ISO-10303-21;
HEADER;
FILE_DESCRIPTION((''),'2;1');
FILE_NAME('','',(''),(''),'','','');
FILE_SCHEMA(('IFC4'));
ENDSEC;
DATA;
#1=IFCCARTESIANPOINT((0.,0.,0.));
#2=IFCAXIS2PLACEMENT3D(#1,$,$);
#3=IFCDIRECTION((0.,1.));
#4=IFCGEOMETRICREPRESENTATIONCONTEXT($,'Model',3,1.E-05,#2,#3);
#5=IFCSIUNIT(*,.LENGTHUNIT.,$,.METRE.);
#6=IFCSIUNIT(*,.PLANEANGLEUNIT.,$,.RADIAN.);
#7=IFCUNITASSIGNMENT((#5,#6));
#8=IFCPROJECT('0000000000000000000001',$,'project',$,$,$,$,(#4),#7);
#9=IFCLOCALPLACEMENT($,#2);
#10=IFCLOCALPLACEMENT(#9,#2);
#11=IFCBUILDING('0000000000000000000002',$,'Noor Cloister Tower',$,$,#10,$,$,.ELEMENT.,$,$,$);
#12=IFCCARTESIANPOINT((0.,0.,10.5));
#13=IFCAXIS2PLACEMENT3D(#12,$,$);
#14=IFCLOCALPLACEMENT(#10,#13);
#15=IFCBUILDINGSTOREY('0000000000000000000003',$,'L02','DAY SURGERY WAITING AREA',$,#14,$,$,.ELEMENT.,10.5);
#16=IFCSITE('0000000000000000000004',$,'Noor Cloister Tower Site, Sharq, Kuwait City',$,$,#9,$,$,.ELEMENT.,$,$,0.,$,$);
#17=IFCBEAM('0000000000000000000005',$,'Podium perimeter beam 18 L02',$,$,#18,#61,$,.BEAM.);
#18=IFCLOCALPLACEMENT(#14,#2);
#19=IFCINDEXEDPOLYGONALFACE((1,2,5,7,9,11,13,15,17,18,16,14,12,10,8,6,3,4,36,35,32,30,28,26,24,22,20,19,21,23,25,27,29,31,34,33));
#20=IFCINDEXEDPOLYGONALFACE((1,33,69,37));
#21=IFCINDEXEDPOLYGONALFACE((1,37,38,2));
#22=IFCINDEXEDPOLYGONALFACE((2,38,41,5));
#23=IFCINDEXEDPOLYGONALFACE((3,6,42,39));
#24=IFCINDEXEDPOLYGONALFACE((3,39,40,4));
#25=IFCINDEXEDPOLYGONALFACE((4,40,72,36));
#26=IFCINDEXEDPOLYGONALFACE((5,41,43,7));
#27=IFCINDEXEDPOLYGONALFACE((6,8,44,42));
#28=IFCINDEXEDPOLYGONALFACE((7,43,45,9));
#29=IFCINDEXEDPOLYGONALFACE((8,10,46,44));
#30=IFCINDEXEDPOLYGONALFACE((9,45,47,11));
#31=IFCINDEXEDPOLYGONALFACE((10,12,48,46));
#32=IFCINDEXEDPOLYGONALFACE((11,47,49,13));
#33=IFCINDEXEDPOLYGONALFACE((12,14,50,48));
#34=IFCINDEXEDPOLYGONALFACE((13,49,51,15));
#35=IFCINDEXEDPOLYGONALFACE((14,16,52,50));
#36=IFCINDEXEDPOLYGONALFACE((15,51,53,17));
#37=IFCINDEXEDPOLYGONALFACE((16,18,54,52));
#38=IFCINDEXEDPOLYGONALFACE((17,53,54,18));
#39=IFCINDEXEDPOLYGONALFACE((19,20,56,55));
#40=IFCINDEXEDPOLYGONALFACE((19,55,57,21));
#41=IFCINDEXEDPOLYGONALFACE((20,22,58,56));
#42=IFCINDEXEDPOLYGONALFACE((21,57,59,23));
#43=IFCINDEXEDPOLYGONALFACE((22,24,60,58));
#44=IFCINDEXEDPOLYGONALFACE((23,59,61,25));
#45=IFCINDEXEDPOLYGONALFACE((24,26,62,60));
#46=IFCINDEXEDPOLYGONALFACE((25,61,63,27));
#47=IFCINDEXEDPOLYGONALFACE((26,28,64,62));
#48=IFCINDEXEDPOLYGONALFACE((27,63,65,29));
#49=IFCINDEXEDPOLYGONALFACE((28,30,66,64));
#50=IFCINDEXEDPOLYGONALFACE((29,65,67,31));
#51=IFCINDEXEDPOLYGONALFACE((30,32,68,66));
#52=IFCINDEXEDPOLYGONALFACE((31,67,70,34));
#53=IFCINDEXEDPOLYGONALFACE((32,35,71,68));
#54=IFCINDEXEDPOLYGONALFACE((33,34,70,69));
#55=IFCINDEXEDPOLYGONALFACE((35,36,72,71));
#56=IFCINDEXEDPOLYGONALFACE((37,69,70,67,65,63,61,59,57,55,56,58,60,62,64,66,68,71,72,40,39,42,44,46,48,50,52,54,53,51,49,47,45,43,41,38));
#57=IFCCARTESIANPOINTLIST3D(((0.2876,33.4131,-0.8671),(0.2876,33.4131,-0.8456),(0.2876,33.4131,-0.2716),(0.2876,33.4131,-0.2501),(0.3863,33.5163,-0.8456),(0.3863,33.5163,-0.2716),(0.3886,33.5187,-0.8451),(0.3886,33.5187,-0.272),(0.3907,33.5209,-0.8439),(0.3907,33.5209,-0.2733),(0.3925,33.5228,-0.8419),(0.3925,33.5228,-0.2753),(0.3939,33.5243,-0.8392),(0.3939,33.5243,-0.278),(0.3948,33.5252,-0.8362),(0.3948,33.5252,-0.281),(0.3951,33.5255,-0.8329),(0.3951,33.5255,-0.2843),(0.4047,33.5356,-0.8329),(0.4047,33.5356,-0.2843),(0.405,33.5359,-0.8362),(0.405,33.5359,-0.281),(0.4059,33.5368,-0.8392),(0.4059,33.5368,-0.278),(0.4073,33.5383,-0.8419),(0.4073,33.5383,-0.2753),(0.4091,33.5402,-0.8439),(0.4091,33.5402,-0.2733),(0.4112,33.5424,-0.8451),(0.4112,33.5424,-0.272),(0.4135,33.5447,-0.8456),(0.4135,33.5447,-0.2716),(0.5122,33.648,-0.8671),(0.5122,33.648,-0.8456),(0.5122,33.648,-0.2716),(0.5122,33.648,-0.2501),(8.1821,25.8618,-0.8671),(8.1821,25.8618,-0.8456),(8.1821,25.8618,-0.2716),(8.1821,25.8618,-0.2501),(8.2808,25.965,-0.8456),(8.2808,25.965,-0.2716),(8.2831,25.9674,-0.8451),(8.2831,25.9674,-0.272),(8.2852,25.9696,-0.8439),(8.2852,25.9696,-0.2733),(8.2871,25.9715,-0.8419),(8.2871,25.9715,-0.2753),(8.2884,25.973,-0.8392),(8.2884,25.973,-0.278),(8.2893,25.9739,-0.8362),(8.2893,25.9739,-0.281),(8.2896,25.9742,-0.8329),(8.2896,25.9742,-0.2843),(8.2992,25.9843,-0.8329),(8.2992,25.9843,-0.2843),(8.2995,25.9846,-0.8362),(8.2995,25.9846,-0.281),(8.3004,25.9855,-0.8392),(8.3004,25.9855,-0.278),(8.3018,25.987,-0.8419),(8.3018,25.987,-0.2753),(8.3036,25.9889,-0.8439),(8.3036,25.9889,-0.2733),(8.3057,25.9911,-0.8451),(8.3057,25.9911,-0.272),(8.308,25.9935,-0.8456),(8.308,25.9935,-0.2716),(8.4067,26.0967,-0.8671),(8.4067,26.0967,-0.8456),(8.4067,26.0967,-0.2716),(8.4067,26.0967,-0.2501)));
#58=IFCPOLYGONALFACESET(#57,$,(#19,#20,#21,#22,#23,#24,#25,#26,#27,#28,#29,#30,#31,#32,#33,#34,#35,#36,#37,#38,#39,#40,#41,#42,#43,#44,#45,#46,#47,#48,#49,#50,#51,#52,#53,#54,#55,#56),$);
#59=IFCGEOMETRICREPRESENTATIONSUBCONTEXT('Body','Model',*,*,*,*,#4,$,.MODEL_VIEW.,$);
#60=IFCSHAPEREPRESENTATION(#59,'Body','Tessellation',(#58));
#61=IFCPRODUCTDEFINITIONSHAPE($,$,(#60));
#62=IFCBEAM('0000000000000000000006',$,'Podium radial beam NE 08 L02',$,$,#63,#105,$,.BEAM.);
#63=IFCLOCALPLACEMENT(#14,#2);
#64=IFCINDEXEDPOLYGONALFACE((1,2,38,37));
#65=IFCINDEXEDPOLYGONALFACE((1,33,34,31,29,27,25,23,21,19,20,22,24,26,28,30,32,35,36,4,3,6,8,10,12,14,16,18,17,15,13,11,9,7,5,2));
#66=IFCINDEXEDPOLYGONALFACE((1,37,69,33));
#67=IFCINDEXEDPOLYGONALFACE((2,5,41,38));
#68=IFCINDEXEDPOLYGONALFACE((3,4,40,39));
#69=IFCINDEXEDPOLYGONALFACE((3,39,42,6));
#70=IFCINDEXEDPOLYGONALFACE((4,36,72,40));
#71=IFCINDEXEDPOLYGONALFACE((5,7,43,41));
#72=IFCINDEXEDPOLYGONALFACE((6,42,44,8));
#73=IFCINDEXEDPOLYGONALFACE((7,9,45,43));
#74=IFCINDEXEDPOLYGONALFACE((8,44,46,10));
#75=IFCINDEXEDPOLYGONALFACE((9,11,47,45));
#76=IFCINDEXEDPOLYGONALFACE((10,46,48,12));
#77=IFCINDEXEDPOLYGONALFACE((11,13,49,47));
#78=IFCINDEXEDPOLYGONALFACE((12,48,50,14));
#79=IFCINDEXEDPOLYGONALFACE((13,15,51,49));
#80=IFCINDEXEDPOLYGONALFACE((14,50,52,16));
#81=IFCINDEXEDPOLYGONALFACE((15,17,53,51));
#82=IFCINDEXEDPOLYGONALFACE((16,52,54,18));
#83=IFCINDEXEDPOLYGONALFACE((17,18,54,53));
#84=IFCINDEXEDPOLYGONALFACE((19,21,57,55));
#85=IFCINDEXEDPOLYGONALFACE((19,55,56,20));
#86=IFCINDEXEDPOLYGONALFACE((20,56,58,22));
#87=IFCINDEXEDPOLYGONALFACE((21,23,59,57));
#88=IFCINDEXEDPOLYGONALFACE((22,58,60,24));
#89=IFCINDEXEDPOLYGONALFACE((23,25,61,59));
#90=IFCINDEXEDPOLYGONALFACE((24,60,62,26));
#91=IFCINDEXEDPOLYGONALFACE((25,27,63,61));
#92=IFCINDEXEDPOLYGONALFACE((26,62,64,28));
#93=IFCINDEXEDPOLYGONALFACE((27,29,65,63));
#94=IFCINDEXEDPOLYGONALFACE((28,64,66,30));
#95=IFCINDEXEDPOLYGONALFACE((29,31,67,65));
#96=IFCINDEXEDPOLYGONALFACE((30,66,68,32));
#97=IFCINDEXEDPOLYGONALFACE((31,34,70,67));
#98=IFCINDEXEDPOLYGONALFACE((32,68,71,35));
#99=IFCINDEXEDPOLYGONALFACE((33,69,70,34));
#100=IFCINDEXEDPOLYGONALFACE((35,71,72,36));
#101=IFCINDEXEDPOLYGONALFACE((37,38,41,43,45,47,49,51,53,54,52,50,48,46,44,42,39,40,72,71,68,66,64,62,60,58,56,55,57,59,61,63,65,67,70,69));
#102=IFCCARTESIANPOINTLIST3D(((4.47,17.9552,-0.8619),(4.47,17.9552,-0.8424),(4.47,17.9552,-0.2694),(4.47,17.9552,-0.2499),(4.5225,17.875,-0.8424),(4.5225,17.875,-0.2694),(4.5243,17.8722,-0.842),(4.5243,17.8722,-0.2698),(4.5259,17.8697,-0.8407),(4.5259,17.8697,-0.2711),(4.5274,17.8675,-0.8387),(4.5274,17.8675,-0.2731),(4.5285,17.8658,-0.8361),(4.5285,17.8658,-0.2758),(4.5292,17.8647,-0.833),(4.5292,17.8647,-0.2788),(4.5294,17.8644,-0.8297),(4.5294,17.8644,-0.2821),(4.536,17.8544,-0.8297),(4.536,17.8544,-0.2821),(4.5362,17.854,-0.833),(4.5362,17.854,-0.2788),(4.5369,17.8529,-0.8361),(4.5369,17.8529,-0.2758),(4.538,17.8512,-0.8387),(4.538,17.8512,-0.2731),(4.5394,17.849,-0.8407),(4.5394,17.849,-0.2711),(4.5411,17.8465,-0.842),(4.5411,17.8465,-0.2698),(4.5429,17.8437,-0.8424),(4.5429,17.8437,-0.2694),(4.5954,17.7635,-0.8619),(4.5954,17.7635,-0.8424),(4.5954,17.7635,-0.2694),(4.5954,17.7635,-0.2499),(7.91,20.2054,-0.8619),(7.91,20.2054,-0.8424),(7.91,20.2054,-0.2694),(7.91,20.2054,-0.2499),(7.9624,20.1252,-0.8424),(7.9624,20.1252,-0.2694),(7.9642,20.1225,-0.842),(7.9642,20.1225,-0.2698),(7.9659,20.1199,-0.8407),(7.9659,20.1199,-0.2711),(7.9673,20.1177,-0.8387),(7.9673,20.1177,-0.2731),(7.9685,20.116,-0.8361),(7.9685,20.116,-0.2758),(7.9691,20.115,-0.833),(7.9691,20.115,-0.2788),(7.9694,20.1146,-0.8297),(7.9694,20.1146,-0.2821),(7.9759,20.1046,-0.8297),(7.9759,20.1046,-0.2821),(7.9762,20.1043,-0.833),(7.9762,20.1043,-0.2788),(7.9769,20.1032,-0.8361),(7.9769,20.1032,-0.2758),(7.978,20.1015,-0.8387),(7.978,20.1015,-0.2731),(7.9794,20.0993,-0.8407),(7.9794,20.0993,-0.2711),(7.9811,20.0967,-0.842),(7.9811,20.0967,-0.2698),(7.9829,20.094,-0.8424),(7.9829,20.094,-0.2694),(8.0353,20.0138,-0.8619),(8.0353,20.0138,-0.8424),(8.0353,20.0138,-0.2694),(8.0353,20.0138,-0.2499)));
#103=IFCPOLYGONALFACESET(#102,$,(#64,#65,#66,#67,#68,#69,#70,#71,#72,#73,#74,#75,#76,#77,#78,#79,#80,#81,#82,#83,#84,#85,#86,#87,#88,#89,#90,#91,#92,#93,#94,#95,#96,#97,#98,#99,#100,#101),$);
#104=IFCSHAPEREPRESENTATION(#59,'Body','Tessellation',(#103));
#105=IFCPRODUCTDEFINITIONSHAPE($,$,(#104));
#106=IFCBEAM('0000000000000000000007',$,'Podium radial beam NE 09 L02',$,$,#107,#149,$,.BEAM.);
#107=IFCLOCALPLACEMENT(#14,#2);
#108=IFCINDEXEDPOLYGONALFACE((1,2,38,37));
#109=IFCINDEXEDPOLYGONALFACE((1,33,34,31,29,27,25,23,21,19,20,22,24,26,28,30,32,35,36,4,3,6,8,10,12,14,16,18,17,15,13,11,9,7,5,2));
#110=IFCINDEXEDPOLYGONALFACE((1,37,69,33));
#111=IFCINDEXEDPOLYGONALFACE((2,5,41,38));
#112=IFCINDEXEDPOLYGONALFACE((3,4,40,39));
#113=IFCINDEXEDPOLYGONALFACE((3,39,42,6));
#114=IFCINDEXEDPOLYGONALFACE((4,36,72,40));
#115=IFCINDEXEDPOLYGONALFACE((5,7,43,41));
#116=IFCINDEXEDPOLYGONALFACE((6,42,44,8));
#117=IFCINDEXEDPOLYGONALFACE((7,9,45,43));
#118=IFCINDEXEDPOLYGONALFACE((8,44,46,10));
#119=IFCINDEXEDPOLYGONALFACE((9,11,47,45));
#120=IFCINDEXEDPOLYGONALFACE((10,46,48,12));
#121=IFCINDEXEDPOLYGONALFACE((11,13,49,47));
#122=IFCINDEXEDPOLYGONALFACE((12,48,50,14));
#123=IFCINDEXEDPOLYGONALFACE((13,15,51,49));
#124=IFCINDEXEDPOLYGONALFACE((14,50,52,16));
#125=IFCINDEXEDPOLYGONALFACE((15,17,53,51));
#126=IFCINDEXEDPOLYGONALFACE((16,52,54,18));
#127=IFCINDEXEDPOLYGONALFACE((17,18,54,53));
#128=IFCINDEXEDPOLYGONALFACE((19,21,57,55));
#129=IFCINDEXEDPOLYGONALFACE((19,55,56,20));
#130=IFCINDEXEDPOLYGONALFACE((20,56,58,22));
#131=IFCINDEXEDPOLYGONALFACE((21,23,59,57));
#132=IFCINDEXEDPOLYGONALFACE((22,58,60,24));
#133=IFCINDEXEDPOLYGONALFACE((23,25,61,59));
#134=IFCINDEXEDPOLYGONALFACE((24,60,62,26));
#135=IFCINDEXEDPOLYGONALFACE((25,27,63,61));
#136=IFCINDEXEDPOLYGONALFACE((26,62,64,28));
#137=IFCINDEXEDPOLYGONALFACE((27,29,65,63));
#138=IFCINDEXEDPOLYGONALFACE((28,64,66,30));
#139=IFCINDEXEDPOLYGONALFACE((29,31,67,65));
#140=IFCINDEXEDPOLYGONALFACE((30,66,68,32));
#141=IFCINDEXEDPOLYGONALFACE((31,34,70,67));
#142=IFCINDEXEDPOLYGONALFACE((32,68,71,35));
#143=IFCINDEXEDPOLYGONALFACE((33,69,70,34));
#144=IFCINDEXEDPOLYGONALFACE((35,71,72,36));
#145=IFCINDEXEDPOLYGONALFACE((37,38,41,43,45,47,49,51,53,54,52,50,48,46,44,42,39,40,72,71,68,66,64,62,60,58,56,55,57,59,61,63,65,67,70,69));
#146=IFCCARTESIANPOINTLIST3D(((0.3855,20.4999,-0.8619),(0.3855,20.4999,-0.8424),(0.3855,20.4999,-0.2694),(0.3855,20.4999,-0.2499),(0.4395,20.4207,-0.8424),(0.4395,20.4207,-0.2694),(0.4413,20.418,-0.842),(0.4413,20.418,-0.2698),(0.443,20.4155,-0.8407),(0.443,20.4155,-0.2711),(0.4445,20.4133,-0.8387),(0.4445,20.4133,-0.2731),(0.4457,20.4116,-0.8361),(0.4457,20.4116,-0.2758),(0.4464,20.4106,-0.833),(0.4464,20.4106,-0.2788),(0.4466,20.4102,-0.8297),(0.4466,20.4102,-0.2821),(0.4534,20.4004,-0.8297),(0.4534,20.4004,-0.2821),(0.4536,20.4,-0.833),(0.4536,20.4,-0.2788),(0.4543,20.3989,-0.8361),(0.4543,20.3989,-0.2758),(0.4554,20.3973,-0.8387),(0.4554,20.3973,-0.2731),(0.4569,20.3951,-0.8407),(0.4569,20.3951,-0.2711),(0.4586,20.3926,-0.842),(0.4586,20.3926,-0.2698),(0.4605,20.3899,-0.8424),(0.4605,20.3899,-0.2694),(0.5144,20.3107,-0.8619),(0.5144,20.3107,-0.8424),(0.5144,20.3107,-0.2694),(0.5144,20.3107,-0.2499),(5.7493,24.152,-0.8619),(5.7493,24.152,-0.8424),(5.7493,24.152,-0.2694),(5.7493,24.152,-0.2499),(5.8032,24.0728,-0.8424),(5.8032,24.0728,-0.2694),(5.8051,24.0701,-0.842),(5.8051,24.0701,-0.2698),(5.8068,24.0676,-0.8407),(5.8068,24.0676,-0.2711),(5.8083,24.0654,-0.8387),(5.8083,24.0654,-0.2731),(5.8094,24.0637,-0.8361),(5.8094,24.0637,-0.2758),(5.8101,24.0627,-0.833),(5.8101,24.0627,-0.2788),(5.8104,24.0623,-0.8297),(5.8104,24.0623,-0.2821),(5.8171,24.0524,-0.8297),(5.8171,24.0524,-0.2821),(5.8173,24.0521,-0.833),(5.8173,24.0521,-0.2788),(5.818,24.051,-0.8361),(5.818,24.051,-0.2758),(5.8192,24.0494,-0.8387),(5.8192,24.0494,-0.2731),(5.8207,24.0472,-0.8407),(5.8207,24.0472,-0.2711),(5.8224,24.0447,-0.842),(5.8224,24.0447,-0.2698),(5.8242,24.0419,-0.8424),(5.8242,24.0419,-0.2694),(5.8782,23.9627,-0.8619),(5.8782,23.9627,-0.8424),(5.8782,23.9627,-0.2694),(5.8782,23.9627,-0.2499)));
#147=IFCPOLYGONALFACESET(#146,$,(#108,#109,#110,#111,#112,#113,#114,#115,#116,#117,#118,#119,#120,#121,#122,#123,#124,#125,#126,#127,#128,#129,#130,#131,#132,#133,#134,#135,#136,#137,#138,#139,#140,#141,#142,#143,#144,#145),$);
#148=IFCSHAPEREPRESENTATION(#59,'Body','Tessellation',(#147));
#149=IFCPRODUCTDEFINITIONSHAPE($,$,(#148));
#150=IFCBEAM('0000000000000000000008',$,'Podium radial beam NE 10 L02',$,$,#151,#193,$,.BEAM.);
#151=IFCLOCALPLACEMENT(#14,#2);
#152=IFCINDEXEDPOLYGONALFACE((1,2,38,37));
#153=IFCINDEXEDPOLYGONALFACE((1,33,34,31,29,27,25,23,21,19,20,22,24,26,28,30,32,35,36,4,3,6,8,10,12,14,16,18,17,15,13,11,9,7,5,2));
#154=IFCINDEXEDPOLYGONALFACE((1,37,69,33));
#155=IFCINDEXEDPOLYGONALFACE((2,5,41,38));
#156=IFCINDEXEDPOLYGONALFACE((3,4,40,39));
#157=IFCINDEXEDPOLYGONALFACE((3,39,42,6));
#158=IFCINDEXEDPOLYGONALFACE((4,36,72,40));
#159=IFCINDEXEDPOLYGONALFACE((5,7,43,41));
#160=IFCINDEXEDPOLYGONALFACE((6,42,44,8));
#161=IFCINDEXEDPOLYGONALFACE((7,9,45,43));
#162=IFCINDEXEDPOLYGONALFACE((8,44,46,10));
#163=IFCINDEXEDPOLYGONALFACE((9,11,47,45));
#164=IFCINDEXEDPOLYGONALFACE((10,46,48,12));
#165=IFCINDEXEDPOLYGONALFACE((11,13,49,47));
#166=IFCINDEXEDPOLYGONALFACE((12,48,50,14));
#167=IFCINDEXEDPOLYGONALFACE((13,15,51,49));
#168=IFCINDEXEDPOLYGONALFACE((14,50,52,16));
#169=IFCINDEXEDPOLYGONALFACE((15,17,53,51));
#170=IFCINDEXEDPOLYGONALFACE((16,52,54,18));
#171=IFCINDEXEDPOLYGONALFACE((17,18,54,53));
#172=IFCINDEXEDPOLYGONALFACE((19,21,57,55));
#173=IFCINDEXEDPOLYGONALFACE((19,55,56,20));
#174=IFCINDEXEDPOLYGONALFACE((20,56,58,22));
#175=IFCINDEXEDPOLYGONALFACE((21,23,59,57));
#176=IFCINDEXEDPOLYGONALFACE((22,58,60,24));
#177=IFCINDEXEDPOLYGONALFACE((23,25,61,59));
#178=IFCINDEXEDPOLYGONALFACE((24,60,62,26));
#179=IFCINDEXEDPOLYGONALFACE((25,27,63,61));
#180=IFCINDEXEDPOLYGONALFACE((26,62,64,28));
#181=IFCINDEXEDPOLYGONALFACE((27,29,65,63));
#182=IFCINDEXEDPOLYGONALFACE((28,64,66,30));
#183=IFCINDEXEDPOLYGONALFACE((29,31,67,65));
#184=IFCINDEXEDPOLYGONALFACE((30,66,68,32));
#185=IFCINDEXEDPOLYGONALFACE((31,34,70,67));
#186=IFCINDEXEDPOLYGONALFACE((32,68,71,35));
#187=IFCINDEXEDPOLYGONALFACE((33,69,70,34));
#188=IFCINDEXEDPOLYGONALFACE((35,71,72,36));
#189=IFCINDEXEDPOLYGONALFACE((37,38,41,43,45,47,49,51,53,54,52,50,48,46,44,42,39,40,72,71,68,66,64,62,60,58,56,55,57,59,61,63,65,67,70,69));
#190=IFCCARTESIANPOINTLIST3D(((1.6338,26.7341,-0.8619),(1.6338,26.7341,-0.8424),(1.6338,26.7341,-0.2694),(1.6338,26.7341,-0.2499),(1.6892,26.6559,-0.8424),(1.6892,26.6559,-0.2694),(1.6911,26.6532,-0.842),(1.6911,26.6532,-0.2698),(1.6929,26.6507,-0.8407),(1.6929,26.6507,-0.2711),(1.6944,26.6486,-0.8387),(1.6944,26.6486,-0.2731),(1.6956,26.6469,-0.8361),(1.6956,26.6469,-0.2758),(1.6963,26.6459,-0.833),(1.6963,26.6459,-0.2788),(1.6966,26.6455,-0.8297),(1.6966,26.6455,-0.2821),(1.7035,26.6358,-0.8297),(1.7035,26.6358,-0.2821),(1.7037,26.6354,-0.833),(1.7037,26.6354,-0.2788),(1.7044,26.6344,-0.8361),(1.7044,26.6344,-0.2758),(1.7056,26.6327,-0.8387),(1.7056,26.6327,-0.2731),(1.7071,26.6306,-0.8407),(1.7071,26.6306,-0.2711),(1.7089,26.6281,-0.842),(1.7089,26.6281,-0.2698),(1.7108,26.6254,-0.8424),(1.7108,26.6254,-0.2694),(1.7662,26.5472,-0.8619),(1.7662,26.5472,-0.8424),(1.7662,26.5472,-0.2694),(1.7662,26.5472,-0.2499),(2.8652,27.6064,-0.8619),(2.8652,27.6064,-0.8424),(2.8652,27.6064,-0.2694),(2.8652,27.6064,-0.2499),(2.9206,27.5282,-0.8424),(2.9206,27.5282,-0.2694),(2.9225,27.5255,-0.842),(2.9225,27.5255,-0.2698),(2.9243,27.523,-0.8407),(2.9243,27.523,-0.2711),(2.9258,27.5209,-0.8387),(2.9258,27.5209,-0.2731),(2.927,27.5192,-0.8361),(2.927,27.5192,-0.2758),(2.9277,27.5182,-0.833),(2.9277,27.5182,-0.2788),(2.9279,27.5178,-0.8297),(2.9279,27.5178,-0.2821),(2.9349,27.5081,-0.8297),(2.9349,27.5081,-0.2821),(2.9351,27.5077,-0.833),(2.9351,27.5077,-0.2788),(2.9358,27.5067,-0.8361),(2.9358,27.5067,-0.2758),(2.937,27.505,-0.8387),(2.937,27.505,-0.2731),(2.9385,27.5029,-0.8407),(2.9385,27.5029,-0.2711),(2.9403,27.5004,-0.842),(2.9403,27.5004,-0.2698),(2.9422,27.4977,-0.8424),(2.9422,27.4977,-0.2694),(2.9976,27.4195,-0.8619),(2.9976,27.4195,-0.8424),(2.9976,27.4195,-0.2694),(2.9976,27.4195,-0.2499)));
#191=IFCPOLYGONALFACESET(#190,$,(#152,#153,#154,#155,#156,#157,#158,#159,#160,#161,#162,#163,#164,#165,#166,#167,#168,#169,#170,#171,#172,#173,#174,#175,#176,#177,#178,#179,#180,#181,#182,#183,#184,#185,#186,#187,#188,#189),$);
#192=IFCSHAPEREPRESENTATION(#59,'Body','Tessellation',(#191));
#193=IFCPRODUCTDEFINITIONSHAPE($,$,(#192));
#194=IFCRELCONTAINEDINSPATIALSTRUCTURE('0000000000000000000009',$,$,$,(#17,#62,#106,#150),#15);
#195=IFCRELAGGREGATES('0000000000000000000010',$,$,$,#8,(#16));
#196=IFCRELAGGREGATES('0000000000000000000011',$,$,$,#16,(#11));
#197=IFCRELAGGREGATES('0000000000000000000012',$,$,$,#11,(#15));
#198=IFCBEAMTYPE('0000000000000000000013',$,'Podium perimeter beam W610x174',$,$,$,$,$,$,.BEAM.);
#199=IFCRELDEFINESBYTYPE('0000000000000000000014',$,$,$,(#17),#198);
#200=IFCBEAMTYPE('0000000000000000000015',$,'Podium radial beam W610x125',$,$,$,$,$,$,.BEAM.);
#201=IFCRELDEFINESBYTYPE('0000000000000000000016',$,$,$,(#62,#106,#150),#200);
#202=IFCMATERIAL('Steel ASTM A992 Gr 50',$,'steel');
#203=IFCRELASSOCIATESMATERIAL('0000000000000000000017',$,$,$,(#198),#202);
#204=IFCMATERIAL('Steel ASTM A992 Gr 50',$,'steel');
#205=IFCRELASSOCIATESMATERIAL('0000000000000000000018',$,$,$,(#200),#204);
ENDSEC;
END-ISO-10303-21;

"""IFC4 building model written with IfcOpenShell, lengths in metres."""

from ifc_helpers import new_model, si_unit, direction, frame, origin, origin_2d, place, context, subcontext, project, spatial, i_section, extrude, material, material_profile, profile_set, type_object, element, save


model = new_model("IFC4")

# Units and contexts
model_context = context("Model", 3, precision=1e-05, world=origin(), true_north=direction((0.0, 1.0)))
body_context = subcontext(model_context, "Body", "Model", "MODEL_VIEW")
ifc_project = project(units=[si_unit("LENGTHUNIT", "METRE"), si_unit("PLANEANGLEUNIT", "RADIAN")], contexts=[model_context])

# Site, building, storey
site_placement = place(None, origin())
site = spatial("IfcSite", under=ifc_project, at=site_placement, Name="Noor Cloister Tower Site, Sharq, Kuwait City", CompositionType="ELEMENT", RefElevation=0.0)
building_placement = place(site_placement, origin())
building = spatial("IfcBuilding", under=site, at=building_placement, Name="Noor Cloister Tower", CompositionType="ELEMENT")
storey_placement = place(building_placement, frame((0.0, 0.0, 10.5)))
storey = spatial("IfcBuildingStorey", under=building, at=storey_placement, Name="L02", Description="DAY SURGERY WAITING AREA", CompositionType="ELEMENT", Elevation=10.5)

# Beams
ifc_material_1 = material(Name="Steel ASTM A992 Gr 50", Category="steel")
ifc_material_profile_1 = material_profile(ifc_material_1, i_section(OverallWidth=0.325, OverallDepth=0.6169, WebThickness=0.0139, FlangeThickness=0.0215, FilletRadius=0.0127, at=origin_2d()), Name="W610x174")
ifc_profile_set_1 = profile_set([ifc_material_profile_1], Name="Steel ASTM A992 Gr 50")
beam_type_1 = type_object("IfcBeamType", Name="Podium perimeter beam W610x174", PredefinedType="BEAM", material=ifc_profile_set_1)
beam_1_placement = place(storey_placement, frame((8.2944, 25.9792, -0.5586), z_axis=(-0.722643, 0.691222, 0.0), x_axis=(-0.691222, -0.722643, 0.0)))
element("IfcBeam", 1, at=beam_1_placement, inside=storey, type_object=beam_type_1, Name="Podium perimeter beam 18 L02", PredefinedType="BEAM", context=body_context, shape_type="SweptSolid", body=[
    extrude(i_section(OverallWidth=0.325, OverallDepth=0.6169, WebThickness=0.0139, FlangeThickness=0.0215, FilletRadius=0.0127, at=origin_2d()), origin(), (0.0, 0.0, 1.0), 10.9246),
])
ifc_material_2 = material(Name="Steel ASTM A992 Gr 50", Category="steel")
ifc_material_profile_2 = material_profile(ifc_material_2, i_section(OverallWidth=0.229, OverallDepth=0.6121, WebThickness=0.012, FlangeThickness=0.0195, FilletRadius=0.0127, at=origin_2d()), Name="W610x125")
ifc_profile_set_2 = profile_set([ifc_material_profile_2], Name="Steel ASTM A992 Gr 50")
beam_type_2 = type_object("IfcBeamType", Name="Podium radial beam W610x125", PredefinedType="BEAM", material=ifc_profile_set_2)
beam_2_placement = place(storey_placement, frame((7.9727, 20.1096, -0.5559), z_axis=(-0.836852, -0.547429, 0.0), x_axis=(0.547429, -0.836852, 0.0)))
element("IfcBeam", 2, at=beam_2_placement, inside=storey, type_object=beam_type_2, Name="Podium radial beam NE 08 L02", PredefinedType="BEAM", context=body_context, shape_type="SweptSolid", body=[
    extrude(i_section(OverallWidth=0.229, OverallDepth=0.6121, WebThickness=0.012, FlangeThickness=0.0195, FilletRadius=0.0127, at=origin_2d()), origin(), (0.0, 0.0, 1.0), 4.1106),
])
beam_3_placement = place(storey_placement, frame((5.8137, 24.0574, -0.5559), z_axis=(-0.826587, -0.562809, 0.0), x_axis=(0.562809, -0.826587, 0.0)))
element("IfcBeam", 3, at=beam_3_placement, inside=storey, type_object=beam_type_2, Name="Podium radial beam NE 09 L02", PredefinedType="BEAM", context=body_context, shape_type="SweptSolid", body=[
    extrude(i_section(OverallWidth=0.229, OverallDepth=0.6121, WebThickness=0.012, FlangeThickness=0.0195, FilletRadius=0.0127, at=origin_2d()), origin(), (0.0, 0.0, 1.0), 6.489),
])
beam_4_placement = place(storey_placement, frame((2.9314, 27.5129, -0.5559), z_axis=(-0.816012, -0.578035, 0.0), x_axis=(0.578035, -0.816012, 0.0)))
element("IfcBeam", 4, at=beam_4_placement, inside=storey, type_object=beam_type_2, Name="Podium radial beam NE 10 L02", PredefinedType="BEAM", context=body_context, shape_type="SweptSolid", body=[
    extrude(i_section(OverallWidth=0.229, OverallDepth=0.6121, WebThickness=0.012, FlangeThickness=0.0195, FilletRadius=0.0127, at=origin_2d()), origin(), (0.0, 0.0, 1.0), 1.509),
])

save(model, "model.ifc")
